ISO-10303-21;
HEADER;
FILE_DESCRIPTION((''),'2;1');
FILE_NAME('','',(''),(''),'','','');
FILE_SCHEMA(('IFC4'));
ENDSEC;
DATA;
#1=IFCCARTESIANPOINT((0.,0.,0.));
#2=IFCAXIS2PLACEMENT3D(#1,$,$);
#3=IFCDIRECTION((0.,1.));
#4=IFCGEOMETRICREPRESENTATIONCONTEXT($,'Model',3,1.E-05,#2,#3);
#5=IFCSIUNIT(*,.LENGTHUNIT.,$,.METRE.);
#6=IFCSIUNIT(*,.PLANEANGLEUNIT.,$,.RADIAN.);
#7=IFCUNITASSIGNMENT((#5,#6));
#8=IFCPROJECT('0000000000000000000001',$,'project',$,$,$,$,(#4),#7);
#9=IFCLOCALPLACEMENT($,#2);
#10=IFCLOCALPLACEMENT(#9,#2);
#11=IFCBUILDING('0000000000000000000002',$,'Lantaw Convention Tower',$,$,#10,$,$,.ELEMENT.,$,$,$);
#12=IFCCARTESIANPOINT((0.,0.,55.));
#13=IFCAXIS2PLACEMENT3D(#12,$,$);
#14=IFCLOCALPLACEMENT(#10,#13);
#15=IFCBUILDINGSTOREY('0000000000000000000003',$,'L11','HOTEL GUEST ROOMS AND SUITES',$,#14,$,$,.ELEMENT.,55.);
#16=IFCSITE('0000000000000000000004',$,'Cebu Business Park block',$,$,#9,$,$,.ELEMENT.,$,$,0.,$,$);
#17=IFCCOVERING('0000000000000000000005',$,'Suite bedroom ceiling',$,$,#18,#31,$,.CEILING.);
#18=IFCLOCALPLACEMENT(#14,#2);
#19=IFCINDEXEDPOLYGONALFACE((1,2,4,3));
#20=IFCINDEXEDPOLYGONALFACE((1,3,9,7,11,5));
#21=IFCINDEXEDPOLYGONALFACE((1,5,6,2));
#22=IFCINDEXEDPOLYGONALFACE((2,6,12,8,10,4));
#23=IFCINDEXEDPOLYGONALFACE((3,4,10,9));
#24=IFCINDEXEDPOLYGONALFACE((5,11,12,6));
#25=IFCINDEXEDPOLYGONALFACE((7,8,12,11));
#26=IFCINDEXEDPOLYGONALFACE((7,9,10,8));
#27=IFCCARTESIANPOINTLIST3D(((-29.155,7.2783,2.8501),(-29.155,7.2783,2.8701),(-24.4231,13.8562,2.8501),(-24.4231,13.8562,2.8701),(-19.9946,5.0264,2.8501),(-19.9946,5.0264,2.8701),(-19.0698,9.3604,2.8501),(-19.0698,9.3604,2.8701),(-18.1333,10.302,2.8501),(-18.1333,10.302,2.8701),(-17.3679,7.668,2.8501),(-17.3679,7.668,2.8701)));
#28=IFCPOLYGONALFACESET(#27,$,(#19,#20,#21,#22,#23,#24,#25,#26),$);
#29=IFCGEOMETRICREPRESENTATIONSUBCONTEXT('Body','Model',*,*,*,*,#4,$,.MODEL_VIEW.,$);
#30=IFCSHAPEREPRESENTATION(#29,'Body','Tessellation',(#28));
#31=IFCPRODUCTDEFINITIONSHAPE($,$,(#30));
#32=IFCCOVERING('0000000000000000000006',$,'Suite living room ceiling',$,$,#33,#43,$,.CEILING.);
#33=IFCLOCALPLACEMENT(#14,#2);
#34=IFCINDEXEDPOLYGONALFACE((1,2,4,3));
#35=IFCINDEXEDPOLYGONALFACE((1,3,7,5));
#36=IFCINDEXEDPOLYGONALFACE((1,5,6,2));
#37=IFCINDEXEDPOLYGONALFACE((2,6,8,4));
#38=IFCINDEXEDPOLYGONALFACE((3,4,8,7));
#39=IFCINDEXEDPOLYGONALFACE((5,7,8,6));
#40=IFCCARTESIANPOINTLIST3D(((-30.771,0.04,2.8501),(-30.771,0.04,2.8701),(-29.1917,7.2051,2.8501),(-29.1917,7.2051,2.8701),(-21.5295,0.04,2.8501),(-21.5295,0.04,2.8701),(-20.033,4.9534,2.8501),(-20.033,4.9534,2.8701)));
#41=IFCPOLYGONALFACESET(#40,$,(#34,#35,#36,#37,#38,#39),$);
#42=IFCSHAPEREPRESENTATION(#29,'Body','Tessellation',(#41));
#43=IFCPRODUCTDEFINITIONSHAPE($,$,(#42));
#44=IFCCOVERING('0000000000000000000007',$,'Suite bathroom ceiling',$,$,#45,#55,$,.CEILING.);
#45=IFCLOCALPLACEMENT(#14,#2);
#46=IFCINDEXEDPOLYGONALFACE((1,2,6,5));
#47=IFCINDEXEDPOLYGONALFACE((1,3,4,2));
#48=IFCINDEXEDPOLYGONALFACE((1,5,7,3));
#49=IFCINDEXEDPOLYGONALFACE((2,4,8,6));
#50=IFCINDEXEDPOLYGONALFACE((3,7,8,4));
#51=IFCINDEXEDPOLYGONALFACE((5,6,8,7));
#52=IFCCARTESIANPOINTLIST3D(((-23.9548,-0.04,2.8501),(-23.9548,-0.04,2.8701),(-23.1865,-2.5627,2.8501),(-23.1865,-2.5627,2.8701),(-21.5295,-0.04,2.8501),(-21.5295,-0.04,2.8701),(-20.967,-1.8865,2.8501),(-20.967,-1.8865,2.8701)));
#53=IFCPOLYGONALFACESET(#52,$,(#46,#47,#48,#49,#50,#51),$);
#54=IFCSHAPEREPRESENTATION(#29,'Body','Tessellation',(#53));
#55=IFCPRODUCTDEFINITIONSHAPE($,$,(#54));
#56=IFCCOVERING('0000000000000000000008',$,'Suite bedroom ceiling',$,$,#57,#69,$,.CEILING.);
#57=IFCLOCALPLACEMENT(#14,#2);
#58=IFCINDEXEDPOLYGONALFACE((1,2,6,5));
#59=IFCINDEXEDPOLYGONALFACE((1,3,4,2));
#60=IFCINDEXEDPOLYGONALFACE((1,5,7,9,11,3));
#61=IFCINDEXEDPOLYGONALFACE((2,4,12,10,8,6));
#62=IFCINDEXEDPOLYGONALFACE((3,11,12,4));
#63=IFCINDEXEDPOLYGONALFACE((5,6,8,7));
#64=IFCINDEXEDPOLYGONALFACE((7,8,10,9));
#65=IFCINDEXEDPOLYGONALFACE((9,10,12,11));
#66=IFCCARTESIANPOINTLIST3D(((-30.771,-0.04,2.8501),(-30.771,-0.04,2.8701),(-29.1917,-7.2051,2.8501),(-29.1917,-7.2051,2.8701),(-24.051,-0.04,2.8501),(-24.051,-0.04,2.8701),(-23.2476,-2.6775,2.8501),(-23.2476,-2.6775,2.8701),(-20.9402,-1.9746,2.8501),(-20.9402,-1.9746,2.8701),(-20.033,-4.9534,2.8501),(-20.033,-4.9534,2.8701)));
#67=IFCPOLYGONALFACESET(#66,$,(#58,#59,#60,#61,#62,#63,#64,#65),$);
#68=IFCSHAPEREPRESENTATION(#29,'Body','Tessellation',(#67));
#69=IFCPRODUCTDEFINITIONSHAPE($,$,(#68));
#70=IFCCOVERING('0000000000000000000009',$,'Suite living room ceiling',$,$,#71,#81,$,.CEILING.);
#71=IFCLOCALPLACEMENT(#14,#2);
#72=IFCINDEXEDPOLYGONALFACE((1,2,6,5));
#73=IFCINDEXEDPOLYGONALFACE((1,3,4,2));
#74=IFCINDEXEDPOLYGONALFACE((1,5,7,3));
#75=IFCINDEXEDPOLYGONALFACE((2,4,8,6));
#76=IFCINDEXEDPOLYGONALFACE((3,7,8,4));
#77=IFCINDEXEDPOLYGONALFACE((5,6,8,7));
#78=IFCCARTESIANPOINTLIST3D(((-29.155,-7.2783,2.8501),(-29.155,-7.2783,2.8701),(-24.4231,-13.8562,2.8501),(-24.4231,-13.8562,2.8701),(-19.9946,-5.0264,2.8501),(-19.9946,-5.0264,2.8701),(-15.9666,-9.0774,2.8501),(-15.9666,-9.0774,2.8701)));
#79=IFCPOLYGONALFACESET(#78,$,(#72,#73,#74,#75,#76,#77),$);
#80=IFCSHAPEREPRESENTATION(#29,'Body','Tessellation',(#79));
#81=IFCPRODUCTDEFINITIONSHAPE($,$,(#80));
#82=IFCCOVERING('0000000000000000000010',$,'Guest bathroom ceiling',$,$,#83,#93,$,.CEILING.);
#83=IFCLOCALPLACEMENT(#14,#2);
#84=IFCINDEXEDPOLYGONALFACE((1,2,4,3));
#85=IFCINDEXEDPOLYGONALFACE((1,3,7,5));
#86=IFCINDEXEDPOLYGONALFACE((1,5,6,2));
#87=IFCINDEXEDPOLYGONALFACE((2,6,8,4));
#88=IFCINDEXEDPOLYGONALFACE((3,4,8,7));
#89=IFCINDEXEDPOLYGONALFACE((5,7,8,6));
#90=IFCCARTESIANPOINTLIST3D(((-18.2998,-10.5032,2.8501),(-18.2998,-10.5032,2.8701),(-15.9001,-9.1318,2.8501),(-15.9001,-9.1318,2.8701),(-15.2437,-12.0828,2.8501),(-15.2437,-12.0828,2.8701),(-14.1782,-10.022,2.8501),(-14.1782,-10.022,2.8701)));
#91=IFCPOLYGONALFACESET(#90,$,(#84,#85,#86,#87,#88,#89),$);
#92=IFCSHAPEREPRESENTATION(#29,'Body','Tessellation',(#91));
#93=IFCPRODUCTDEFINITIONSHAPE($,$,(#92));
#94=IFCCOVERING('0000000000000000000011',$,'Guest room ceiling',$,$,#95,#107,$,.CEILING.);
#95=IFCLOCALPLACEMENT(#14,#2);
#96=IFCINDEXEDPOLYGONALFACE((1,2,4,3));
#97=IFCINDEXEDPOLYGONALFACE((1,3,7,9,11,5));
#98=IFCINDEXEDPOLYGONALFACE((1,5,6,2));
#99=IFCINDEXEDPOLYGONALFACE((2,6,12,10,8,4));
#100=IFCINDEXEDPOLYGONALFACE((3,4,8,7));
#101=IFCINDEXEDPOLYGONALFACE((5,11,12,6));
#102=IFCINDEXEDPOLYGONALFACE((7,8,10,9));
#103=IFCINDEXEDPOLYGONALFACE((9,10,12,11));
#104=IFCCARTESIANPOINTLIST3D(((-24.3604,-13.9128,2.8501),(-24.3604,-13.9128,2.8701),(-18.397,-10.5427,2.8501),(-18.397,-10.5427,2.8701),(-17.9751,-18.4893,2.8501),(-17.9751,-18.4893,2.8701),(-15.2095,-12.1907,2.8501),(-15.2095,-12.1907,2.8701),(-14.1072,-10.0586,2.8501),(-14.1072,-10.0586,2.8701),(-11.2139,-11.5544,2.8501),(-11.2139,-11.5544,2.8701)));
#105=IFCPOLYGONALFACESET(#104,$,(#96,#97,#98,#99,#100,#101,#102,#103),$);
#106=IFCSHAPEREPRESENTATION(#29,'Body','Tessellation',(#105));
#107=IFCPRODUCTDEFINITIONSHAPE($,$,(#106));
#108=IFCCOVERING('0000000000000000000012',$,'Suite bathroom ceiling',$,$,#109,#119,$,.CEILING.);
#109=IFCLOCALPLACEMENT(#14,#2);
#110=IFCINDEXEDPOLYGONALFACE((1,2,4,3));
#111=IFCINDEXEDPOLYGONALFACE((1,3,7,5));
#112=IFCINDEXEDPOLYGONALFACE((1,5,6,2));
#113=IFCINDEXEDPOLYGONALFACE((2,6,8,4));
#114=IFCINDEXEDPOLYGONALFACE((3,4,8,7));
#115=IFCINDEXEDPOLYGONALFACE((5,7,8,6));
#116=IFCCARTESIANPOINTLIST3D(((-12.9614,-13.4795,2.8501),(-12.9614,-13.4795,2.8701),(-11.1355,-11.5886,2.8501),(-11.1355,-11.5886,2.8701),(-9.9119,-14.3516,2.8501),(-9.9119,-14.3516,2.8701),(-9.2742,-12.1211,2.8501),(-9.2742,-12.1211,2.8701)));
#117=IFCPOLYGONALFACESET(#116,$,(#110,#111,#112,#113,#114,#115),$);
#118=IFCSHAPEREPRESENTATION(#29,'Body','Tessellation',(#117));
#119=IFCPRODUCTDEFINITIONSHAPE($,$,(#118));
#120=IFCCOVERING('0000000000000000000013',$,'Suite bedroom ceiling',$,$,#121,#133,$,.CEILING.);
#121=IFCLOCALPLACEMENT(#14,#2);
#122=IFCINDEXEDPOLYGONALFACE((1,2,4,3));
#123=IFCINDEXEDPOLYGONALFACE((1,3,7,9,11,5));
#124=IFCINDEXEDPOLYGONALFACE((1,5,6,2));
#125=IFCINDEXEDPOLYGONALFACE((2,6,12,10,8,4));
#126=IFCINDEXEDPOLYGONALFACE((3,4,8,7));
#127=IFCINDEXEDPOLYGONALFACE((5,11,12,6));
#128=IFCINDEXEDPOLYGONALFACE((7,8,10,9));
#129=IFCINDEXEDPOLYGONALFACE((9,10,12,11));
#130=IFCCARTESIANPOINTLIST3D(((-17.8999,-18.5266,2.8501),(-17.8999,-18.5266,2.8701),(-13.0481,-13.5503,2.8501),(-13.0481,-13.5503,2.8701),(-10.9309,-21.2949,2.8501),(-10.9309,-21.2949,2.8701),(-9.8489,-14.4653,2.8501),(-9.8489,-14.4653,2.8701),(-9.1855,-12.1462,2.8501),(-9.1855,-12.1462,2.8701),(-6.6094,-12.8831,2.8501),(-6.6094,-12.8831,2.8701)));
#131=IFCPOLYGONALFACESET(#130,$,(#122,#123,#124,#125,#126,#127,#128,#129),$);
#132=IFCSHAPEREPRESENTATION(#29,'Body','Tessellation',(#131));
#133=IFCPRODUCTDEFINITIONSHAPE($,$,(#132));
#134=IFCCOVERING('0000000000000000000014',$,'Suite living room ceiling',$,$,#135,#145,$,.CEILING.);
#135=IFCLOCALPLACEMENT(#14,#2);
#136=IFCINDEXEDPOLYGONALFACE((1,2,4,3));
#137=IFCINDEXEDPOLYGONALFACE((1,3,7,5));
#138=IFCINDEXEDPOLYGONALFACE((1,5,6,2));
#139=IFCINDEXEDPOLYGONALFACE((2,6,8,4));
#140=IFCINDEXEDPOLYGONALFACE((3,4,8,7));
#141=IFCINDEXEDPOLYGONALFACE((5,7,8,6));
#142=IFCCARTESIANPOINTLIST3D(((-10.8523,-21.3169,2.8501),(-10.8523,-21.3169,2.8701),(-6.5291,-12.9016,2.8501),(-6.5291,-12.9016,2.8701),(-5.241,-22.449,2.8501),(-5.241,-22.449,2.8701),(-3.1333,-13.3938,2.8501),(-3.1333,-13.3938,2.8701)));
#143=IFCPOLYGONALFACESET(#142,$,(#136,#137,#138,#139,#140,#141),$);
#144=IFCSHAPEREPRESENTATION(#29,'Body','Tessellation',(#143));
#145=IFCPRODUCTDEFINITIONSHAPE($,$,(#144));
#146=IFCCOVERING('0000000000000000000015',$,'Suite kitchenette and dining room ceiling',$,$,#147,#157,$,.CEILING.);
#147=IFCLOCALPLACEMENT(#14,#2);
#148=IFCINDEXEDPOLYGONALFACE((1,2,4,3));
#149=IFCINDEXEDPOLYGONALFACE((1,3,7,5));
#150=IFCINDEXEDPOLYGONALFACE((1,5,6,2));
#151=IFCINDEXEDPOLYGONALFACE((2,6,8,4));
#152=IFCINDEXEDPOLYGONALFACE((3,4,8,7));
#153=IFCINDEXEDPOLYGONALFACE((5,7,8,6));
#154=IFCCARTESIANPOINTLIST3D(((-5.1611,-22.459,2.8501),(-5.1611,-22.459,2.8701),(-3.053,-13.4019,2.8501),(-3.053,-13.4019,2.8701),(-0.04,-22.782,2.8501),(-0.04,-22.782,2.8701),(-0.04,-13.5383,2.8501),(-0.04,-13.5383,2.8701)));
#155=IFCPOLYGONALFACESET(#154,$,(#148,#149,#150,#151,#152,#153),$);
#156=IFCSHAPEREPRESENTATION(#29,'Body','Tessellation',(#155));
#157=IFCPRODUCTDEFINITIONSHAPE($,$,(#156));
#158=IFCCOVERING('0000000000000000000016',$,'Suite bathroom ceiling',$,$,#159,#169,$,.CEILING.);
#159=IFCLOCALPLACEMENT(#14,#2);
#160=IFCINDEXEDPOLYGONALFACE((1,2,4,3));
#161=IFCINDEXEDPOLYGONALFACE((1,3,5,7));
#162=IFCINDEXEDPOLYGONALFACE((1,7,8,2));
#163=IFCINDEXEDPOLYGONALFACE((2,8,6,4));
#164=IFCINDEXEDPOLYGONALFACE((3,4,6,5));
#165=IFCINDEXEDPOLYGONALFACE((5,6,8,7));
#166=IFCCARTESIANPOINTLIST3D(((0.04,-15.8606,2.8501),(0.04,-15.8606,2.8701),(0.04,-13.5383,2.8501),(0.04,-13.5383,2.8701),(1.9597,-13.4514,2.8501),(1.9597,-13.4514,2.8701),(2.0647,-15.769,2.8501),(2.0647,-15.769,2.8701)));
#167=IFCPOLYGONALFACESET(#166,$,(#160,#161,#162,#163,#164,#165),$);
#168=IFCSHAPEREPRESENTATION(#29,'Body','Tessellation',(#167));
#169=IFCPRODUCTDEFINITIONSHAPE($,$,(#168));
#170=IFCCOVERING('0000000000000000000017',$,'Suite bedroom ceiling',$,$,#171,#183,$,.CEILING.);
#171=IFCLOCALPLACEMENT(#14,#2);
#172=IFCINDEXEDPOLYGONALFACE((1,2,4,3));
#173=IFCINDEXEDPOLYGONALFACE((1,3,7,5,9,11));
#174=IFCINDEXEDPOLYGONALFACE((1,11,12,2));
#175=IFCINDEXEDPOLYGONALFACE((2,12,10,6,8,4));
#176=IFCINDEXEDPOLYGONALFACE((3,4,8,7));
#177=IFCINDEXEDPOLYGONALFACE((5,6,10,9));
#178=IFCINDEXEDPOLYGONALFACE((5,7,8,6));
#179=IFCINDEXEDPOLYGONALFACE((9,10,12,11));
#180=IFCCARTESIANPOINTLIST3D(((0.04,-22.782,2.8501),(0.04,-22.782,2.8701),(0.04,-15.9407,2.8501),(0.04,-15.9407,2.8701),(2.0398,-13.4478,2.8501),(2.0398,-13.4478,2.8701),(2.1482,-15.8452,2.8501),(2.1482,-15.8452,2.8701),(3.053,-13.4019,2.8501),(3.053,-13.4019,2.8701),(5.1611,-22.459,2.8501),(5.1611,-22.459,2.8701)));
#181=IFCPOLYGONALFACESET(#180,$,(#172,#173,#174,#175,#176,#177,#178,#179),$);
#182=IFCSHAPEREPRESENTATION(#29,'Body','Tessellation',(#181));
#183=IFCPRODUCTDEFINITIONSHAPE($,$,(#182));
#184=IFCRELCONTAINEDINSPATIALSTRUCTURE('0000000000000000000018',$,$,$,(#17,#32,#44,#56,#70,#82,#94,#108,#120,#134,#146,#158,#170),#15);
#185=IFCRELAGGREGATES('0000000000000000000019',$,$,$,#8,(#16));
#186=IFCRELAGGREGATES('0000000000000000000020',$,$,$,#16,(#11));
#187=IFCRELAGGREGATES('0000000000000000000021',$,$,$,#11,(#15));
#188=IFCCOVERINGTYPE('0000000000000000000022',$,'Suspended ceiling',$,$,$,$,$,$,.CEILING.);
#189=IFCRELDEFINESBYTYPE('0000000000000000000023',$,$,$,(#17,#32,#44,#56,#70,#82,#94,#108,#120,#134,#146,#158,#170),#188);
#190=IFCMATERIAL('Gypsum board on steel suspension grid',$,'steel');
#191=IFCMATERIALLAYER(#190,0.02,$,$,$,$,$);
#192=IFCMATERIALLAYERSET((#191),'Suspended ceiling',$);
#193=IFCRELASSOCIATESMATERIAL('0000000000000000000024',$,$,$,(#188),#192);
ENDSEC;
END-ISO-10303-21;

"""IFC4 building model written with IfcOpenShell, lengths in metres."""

from ifc_helpers import new_model, si_unit, direction, frame, origin, place, context, subcontext, project, spatial, polyline, outline, extrude, material, layer, layer_set, type_object, element, save


model = new_model("IFC4")

# Units and contexts
model_context = context("Model", 3, precision=1e-05, world=origin(), true_north=direction((0.0, 1.0)))
body_context = subcontext(model_context, "Body", "Model", "MODEL_VIEW")
ifc_project = project(units=[si_unit("LENGTHUNIT", "METRE"), si_unit("PLANEANGLEUNIT", "RADIAN")], contexts=[model_context])

# Site, building, storey
site_placement = place(None, origin())
site = spatial("IfcSite", under=ifc_project, at=site_placement, Name="Cebu Business Park block", CompositionType="ELEMENT", RefElevation=0.0)
building_placement = place(site_placement, origin())
building = spatial("IfcBuilding", under=site, at=building_placement, Name="Lantaw Convention Tower", CompositionType="ELEMENT")
storey_placement = place(building_placement, frame((0.0, 0.0, 55.0)))
storey = spatial("IfcBuildingStorey", under=building, at=storey_placement, Name="L11", Description="HOTEL GUEST ROOMS AND SUITES", CompositionType="ELEMENT", Elevation=55.0)

# Coverings
ifc_material_1 = material(Name="Gypsum board on steel suspension grid", Category="steel")
ifc_layer_1 = layer(ifc_material_1, 0.02)
ifc_layer_set_1 = layer_set([ifc_layer_1], Name="Suspended ceiling")
covering_type = type_object("IfcCoveringType", Name="Suspended ceiling", PredefinedType="CEILING", material=ifc_layer_set_1)
covering_1_placement = place(storey_placement, frame((0.0, 0.0, 2.8501)))
element("IfcCovering", 1, at=covering_1_placement, inside=storey, type_object=covering_type, Name="Suite bedroom ceiling", PredefinedType="CEILING", context=body_context, shape_type="SweptSolid", body=[
    extrude(outline(polyline([(-19.9946, 5.0264), (-17.3679, 7.668), (-19.0698, 9.3604), (-18.1333, 10.302), (-24.4231, 13.8562), (-29.155, 7.2783), (-19.9946, 5.0264)])), origin(), (0.0, 0.0, 1.0), 0.02),
])
covering_2_placement = place(storey_placement, frame((0.0, 0.0, 2.8501)))
element("IfcCovering", 2, at=covering_2_placement, inside=storey, type_object=covering_type, Name="Suite living room ceiling", PredefinedType="CEILING", context=body_context, shape_type="SweptSolid", body=[
    extrude(outline(polyline([(-20.033, 4.9534), (-29.1917, 7.2051), (-30.771, 0.04), (-21.5295, 0.04), (-20.033, 4.9534)])), origin(), (0.0, 0.0, 1.0), 0.02),
])
covering_3_placement = place(storey_placement, frame((0.0, 0.0, 2.8501)))
element("IfcCovering", 3, at=covering_3_placement, inside=storey, type_object=covering_type, Name="Suite bathroom ceiling", PredefinedType="CEILING", context=body_context, shape_type="SweptSolid", body=[
    extrude(outline(polyline([(-21.5295, -0.04), (-23.9548, -0.04), (-23.1865, -2.5627), (-20.967, -1.8865), (-21.5295, -0.04)])), origin(), (0.0, 0.0, 1.0), 0.02),
])
covering_4_placement = place(storey_placement, frame((0.0, 0.0, 2.8501)))
element("IfcCovering", 4, at=covering_4_placement, inside=storey, type_object=covering_type, Name="Suite bedroom ceiling", PredefinedType="CEILING", context=body_context, shape_type="SweptSolid", body=[
    extrude(outline(polyline([(-20.033, -4.9534), (-20.9402, -1.9746), (-23.2476, -2.6775), (-24.051, -0.04), (-30.771, -0.04), (-29.1917, -7.2051), (-20.033, -4.9534)])), origin(), (0.0, 0.0, 1.0), 0.02),
])
covering_5_placement = place(storey_placement, frame((0.0, 0.0, 2.8501)))
element("IfcCovering", 5, at=covering_5_placement, inside=storey, type_object=covering_type, Name="Suite living room ceiling", PredefinedType="CEILING", context=body_context, shape_type="SweptSolid", body=[
    extrude(outline(polyline([(-19.9946, -5.0264), (-29.155, -7.2783), (-24.4231, -13.8562), (-15.9666, -9.0774), (-19.9946, -5.0264)])), origin(), (0.0, 0.0, 1.0), 0.02),
])
covering_6_placement = place(storey_placement, frame((0.0, 0.0, 2.8501)))
element("IfcCovering", 6, at=covering_6_placement, inside=storey, type_object=covering_type, Name="Guest bathroom ceiling", PredefinedType="CEILING", context=body_context, shape_type="SweptSolid", body=[
    extrude(outline(polyline([(-15.9001, -9.1318), (-18.2998, -10.5032), (-15.2437, -12.0828), (-14.1782, -10.022), (-15.9001, -9.1318)])), origin(), (0.0, 0.0, 1.0), 0.02),
])
covering_7_placement = place(storey_placement, frame((0.0, 0.0, 2.8501)))
element("IfcCovering", 7, at=covering_7_placement, inside=storey, type_object=covering_type, Name="Guest room ceiling", PredefinedType="CEILING", context=body_context, shape_type="SweptSolid", body=[
    extrude(outline(polyline([(-18.397, -10.5427), (-24.3604, -13.9128), (-17.9751, -18.4893), (-11.2139, -11.5544), (-14.1072, -10.0586), (-15.2095, -12.1907), (-18.397, -10.5427)])), origin(), (0.0, 0.0, 1.0), 0.02),
])
covering_8_placement = place(storey_placement, frame((0.0, 0.0, 2.8501)))
element("IfcCovering", 8, at=covering_8_placement, inside=storey, type_object=covering_type, Name="Suite bathroom ceiling", PredefinedType="CEILING", context=body_context, shape_type="SweptSolid", body=[
    extrude(outline(polyline([(-11.1355, -11.5886), (-12.9614, -13.4795), (-9.9119, -14.3516), (-9.2742, -12.1211), (-11.1355, -11.5886)])), origin(), (0.0, 0.0, 1.0), 0.02),
])
covering_9_placement = place(storey_placement, frame((0.0, 0.0, 2.8501)))
element("IfcCovering", 9, at=covering_9_placement, inside=storey, type_object=covering_type, Name="Suite bedroom ceiling", PredefinedType="CEILING", context=body_context, shape_type="SweptSolid", body=[
    extrude(outline(polyline([(-13.0481, -13.5503), (-17.8999, -18.5266), (-10.9309, -21.2949), (-6.6094, -12.8831), (-9.1855, -12.1462), (-9.8489, -14.4653), (-13.0481, -13.5503)])), origin(), (0.0, 0.0, 1.0), 0.02),
])
covering_10_placement = place(storey_placement, frame((0.0, 0.0, 2.8501)))
element("IfcCovering", 10, at=covering_10_placement, inside=storey, type_object=covering_type, Name="Suite living room ceiling", PredefinedType="CEILING", context=body_context, shape_type="SweptSolid", body=[
    extrude(outline(polyline([(-6.5291, -12.9016), (-10.8523, -21.3169), (-5.241, -22.449), (-3.1333, -13.3938), (-6.5291, -12.9016)])), origin(), (0.0, 0.0, 1.0), 0.02),
])
covering_11_placement = place(storey_placement, frame((0.0, 0.0, 2.8501)))
element("IfcCovering", 11, at=covering_11_placement, inside=storey, type_object=covering_type, Name="Suite kitchenette and dining room ceiling", PredefinedType="CEILING", context=body_context, shape_type="SweptSolid", body=[
    extrude(outline(polyline([(-3.053, -13.4019), (-5.1611, -22.459), (-0.04, -22.782), (-0.04, -13.5383), (-3.053, -13.4019)])), origin(), (0.0, 0.0, 1.0), 0.02),
])
covering_12_placement = place(storey_placement, frame((0.0, 0.0, 2.8501)))
element("IfcCovering", 12, at=covering_12_placement, inside=storey, type_object=covering_type, Name="Suite bathroom ceiling", PredefinedType="CEILING", context=body_context, shape_type="SweptSolid", body=[
    extrude(outline(polyline([(0.04, -13.5383), (0.04, -15.8606), (2.0647, -15.769), (1.9597, -13.4514), (0.04, -13.5383)])), origin(), (0.0, 0.0, 1.0), 0.02),
])
covering_13_placement = place(storey_placement, frame((0.0, 0.0, 2.8501)))
element("IfcCovering", 13, at=covering_13_placement, inside=storey, type_object=covering_type, Name="Suite bedroom ceiling", PredefinedType="CEILING", context=body_context, shape_type="SweptSolid", body=[
    extrude(outline(polyline([(2.0398, -13.4478), (2.1482, -15.8452), (0.04, -15.9407), (0.04, -22.782), (5.1611, -22.459), (3.053, -13.4019), (2.0398, -13.4478)])), origin(), (0.0, 0.0, 1.0), 0.02),
])

save(model, "model.ifc")
